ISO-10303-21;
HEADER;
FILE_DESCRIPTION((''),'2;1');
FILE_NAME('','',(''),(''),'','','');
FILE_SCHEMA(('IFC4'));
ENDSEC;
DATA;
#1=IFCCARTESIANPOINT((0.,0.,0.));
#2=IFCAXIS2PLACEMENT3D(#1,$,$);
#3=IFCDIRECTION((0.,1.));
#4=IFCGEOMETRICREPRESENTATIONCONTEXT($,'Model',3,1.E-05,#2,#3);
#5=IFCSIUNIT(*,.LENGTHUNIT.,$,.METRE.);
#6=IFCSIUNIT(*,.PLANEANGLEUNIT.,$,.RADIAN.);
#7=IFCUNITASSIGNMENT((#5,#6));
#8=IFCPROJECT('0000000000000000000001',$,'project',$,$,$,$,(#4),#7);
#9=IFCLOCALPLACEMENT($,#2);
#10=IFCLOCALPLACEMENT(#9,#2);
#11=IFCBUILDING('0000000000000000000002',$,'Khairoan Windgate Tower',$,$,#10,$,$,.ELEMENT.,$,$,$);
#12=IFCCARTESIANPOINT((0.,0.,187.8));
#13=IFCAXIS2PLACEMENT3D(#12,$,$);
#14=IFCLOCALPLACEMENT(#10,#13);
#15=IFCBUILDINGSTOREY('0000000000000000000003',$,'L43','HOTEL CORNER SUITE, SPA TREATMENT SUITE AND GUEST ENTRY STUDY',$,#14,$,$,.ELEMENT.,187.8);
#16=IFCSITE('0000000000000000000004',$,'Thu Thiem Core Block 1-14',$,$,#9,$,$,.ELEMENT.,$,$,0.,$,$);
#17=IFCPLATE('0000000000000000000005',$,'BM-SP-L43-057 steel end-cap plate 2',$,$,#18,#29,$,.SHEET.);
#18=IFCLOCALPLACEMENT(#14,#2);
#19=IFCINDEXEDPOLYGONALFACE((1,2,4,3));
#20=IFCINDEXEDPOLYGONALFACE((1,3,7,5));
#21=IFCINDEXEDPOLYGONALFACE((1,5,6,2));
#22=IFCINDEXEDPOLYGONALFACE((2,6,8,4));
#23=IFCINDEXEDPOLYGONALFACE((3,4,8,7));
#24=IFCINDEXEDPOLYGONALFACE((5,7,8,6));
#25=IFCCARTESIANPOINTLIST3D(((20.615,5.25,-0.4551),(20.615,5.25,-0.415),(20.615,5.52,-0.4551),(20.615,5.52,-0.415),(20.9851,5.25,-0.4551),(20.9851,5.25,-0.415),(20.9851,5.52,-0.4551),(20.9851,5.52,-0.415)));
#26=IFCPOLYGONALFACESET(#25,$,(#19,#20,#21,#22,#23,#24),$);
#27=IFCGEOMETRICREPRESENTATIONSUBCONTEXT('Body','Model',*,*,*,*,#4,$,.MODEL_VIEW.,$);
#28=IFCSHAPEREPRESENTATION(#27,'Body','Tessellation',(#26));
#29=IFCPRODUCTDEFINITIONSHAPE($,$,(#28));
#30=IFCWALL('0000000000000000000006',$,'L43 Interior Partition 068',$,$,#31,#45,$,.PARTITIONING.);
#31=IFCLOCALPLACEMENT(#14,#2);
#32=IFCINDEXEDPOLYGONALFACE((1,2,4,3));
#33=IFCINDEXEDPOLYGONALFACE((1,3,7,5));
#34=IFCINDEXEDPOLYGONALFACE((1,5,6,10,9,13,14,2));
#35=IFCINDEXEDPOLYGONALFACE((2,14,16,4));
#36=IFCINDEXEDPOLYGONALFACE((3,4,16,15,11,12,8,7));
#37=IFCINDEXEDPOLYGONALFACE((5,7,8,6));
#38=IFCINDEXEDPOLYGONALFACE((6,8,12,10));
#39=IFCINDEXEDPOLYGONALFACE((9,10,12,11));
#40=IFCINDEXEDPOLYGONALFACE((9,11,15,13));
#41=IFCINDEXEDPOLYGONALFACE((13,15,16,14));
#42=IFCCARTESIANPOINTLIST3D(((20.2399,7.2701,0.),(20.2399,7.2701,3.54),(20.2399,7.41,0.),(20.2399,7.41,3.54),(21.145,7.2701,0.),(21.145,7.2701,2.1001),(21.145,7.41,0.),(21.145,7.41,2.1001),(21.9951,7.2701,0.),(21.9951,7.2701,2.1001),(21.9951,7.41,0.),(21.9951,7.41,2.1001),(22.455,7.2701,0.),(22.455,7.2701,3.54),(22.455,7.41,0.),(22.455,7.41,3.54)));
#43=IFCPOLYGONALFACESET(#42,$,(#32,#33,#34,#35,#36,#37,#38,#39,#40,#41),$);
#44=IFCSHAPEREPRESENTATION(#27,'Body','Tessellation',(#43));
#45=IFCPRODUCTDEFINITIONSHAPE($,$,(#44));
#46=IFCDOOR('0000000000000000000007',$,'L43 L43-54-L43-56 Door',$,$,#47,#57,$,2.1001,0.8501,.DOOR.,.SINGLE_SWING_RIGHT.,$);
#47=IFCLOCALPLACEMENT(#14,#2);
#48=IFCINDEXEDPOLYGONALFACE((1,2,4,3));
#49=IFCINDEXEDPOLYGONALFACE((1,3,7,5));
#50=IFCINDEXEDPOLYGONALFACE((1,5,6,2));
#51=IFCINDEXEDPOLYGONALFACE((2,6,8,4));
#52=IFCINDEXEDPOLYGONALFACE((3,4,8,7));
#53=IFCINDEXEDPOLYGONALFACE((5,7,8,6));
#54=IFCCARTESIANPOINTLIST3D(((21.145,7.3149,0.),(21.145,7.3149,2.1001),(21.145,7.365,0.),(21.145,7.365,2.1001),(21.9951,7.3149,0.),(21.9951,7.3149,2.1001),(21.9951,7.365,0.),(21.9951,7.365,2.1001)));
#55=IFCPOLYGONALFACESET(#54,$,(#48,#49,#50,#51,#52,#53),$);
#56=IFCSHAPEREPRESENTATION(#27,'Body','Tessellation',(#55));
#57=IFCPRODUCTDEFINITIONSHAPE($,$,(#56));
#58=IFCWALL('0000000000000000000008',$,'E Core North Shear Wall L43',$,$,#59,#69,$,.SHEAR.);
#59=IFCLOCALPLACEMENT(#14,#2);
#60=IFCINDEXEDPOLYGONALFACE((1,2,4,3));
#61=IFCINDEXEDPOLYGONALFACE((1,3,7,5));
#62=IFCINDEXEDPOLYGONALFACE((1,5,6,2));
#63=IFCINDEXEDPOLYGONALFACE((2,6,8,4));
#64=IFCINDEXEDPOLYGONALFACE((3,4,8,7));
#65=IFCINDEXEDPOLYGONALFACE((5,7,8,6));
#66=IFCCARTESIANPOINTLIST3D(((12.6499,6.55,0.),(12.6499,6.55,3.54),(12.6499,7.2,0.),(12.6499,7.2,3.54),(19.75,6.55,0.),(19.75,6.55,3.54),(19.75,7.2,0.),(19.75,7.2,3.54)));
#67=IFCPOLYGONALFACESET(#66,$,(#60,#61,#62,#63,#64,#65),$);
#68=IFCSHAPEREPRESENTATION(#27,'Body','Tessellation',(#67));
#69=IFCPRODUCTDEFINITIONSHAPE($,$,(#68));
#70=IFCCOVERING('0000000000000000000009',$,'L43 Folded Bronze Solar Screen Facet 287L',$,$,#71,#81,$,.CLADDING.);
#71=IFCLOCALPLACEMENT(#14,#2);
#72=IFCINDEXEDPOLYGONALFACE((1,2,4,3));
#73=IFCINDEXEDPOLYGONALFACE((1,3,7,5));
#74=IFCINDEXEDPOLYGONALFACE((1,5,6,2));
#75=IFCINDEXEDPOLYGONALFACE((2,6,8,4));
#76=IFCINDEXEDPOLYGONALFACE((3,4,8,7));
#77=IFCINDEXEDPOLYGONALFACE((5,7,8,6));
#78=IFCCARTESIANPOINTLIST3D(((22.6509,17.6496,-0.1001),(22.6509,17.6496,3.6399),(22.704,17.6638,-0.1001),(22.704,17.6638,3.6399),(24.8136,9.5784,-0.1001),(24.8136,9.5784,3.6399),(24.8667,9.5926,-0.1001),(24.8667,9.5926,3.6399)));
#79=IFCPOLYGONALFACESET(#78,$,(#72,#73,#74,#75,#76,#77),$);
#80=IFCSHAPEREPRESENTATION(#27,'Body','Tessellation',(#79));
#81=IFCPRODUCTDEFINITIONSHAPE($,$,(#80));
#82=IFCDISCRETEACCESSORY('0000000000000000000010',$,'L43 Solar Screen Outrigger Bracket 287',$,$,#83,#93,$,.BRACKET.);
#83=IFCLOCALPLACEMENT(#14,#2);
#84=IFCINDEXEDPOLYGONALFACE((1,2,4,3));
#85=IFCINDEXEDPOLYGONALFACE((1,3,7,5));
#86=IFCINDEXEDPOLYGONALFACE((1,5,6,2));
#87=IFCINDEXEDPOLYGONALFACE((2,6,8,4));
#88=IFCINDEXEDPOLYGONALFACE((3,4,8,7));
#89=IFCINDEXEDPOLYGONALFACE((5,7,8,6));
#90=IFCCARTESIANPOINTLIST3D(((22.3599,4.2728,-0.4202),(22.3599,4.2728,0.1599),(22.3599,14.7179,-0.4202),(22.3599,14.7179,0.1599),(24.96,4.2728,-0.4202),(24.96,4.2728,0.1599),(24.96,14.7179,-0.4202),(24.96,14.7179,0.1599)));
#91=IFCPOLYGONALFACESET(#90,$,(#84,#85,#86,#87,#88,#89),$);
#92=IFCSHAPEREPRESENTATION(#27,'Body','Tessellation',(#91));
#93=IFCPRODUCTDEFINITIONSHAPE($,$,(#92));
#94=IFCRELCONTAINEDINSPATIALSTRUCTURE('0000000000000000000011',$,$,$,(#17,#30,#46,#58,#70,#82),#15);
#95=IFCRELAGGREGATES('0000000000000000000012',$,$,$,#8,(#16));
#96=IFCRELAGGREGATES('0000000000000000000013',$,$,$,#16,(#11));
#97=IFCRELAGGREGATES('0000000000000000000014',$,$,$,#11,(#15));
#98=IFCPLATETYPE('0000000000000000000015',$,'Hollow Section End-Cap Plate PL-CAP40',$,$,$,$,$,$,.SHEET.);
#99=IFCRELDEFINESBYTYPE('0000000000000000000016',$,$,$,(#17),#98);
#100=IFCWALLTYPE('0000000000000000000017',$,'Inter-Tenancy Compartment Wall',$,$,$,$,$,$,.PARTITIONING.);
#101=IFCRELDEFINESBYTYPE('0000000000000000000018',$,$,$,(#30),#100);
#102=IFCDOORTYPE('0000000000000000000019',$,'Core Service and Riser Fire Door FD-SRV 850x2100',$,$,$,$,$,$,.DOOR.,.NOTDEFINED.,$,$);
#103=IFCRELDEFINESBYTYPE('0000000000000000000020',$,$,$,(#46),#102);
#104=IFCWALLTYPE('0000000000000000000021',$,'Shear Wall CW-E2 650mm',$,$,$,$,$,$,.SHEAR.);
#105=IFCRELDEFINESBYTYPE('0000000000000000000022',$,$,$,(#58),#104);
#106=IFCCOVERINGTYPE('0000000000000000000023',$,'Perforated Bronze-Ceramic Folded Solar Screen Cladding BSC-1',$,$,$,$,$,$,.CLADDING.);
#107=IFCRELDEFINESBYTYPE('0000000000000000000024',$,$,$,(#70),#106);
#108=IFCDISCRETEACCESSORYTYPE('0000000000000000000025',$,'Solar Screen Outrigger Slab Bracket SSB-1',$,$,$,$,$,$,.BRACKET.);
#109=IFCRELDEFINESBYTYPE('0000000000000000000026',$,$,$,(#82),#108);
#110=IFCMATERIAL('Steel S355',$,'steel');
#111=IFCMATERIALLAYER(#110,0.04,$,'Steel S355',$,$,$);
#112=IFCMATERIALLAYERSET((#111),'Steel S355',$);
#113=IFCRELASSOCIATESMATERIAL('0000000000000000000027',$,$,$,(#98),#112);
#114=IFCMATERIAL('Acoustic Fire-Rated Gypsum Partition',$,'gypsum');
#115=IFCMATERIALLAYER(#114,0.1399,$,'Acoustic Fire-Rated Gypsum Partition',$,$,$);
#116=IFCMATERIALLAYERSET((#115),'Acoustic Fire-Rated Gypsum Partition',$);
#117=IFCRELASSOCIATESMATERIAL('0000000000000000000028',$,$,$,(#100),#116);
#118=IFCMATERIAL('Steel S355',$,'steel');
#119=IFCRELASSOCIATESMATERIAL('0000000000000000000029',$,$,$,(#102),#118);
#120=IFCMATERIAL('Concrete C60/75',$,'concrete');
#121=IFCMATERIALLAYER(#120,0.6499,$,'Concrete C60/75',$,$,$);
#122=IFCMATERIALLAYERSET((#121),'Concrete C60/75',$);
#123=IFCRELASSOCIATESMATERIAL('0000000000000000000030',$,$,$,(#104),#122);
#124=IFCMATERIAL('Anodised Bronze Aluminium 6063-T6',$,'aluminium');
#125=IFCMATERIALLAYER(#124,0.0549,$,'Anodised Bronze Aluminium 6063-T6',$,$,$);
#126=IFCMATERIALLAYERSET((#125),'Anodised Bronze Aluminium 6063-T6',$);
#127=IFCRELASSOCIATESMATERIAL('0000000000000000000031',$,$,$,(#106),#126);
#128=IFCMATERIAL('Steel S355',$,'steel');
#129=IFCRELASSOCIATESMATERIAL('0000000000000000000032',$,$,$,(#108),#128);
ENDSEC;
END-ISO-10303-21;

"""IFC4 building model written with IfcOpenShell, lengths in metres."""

from ifc_helpers import new_model, si_unit, direction, frame, frame_2d, origin, origin_2d, place, context, subcontext, project, spatial, rectangle, extrude, material, layer, layer_set, type_object, element, fill, save


model = new_model("IFC4")

# Units and contexts
model_context = context("Model", 3, precision=1e-05, world=origin(), true_north=direction((0.0, 1.0)))
body_context = subcontext(model_context, "Body", "Model", "MODEL_VIEW")
ifc_project = project(units=[si_unit("LENGTHUNIT", "METRE"), si_unit("PLANEANGLEUNIT", "RADIAN")], contexts=[model_context])

# Site, building, storey
site_placement = place(None, origin())
site = spatial("IfcSite", under=ifc_project, at=site_placement, Name="Thu Thiem Core Block 1-14", CompositionType="ELEMENT", RefElevation=0.0)
building_placement = place(site_placement, origin())
building = spatial("IfcBuilding", under=site, at=building_placement, Name="Khairoan Windgate Tower", CompositionType="ELEMENT")
storey_placement = place(building_placement, frame((0.0, 0.0, 187.8)))
storey = spatial("IfcBuildingStorey", under=building, at=storey_placement, Name="L43", Description="HOTEL CORNER SUITE, SPA TREATMENT SUITE AND GUEST ENTRY STUDY", CompositionType="ELEMENT", Elevation=187.8)

# Plate
ifc_material_1 = material(Name="Steel S355", Category="steel")
ifc_layer_1 = layer(ifc_material_1, 0.04, Name="Steel S355")
ifc_layer_set_1 = layer_set([ifc_layer_1], Name="Steel S355")
plate_type_1 = type_object("IfcPlateType", Name="Hollow Section End-Cap Plate PL-CAP40", PredefinedType="SHEET", material=ifc_layer_set_1)
plate_1_placement = place(storey_placement, frame((20.8, 5.385, -0.4551), z_axis=(0.0, 0.0, 1.0), x_axis=(0.0, 1.0, 0.0)))
element("IfcPlate", 1, at=plate_1_placement, inside=storey, type_object=plate_type_1, Name="BM-SP-L43-057 steel end-cap plate 2", PredefinedType="SHEET", context=body_context, shape_type="SweptSolid", body=[
    extrude(rectangle(XDim=0.27, YDim=0.3701, at=origin_2d()), origin(), (0.0, 0.0, 1.0), 0.04),
])

# Wall, opening, door
ifc_material_2 = material(Name="Acoustic Fire-Rated Gypsum Partition", Category="gypsum")
ifc_layer_2 = layer(ifc_material_2, 0.1399, Name="Acoustic Fire-Rated Gypsum Partition")
ifc_layer_set_2 = layer_set([ifc_layer_2], Name="Acoustic Fire-Rated Gypsum Partition")
wall_type_1 = type_object("IfcWallType", Name="Inter-Tenancy Compartment Wall", PredefinedType="PARTITIONING", material=ifc_layer_set_2)
wall_1_placement = place(storey_placement, frame((20.24, 7.3401, 0.0), z_axis=(0.0, 0.0, 1.0), x_axis=(1.0, 0.0, 0.0)))
wall_1 = element("IfcWall", 2, at=wall_1_placement, inside=storey, type_object=wall_type_1, Name="L43 Interior Partition 068", PredefinedType="PARTITIONING", context=body_context, shape_type="SweptSolid", body=[
    extrude(rectangle(XDim=2.2151, YDim=0.1399, at=frame_2d((1.1074, 0.0))), origin(), (0.0, 0.0, 1.0), 3.54),
])
opening_placement = place(wall_1_placement, frame((0.905, 0.0, 0.0)))
opening = element("IfcOpeningElement", 3, at=opening_placement, cuts=wall_1, PredefinedType="OPENING", context=body_context, shape_type="SweptSolid", body=[
    extrude(rectangle(XDim=0.8501, YDim=2.1001, at=frame_2d((0.425, 1.05))), frame((0.0, 0.0798, 0.0), z_axis=(0.0, -1.0, 0.0), x_axis=(1.0, 0.0, 0.0)), (0.0, 0.0, 1.0), 0.1599),
])
ifc_material_3 = material(Name="Steel S355", Category="steel")
door_type = type_object("IfcDoorType", Name="Core Service and Riser Fire Door FD-SRV 850x2100", OperationType="NOTDEFINED", PredefinedType="DOOR", material=ifc_material_3)
door_placement = place(opening_placement, origin())
door = element("IfcDoor", 4, at=door_placement, inside=storey, type_object=door_type, Name="L43 L43-54-L43-56 Door", OperationType="SINGLE_SWING_RIGHT", OverallHeight=2.1001, OverallWidth=0.8501, PredefinedType="DOOR", context=body_context, shape_type="SweptSolid", body=[
    extrude(rectangle(XDim=0.8501, YDim=2.1001, at=frame_2d((0.425, 1.05))), frame((0.0, 0.0249, 0.0), z_axis=(0.0, -1.0, 0.0), x_axis=(1.0, 0.0, 0.0)), (0.0, 0.0, 1.0), 0.05),
])
fill(opening, door)

# Wall
ifc_material_4 = material(Name="Concrete C60/75", Category="concrete")
ifc_layer_3 = layer(ifc_material_4, 0.6499, Name="Concrete C60/75")
ifc_layer_set_3 = layer_set([ifc_layer_3], Name="Concrete C60/75")
wall_type_2 = type_object("IfcWallType", Name="Shear Wall CW-E2 650mm", PredefinedType="SHEAR", material=ifc_layer_set_3)
wall_2_placement = place(storey_placement, frame((12.6499, 6.875, 0.0), z_axis=(0.0, 0.0, 1.0), x_axis=(1.0, 0.0, 0.0)))
element("IfcWall", 5, at=wall_2_placement, inside=storey, type_object=wall_type_2, Name="E Core North Shear Wall L43", PredefinedType="SHEAR", context=body_context, shape_type="SweptSolid", body=[
    extrude(rectangle(XDim=7.1001, YDim=0.6499, at=frame_2d((3.55, 0.0))), origin(), (0.0, 0.0, 1.0), 3.54),
])

# Covering
ifc_material_5 = material(Name="Anodised Bronze Aluminium 6063-T6", Category="aluminium")
ifc_layer_4 = layer(ifc_material_5, 0.0549, Name="Anodised Bronze Aluminium 6063-T6")
ifc_layer_set_4 = layer_set([ifc_layer_4], Name="Anodised Bronze Aluminium 6063-T6")
covering_type = type_object("IfcCoveringType", Name="Perforated Bronze-Ceramic Folded Solar Screen Cladding BSC-1", PredefinedType="CLADDING", material=ifc_layer_set_4)
covering_placement = place(storey_placement, frame((23.7588, 13.6211, -0.1001), z_axis=(0.0, 0.0, 1.0), x_axis=(0.258819, -0.965926, 0.0)))
element("IfcCovering", 6, at=covering_placement, inside=storey, type_object=covering_type, Name="L43 Folded Bronze Solar Screen Facet 287L", PredefinedType="CLADDING", context=body_context, shape_type="SweptSolid", body=[
    extrude(rectangle(XDim=8.356, YDim=0.0549, at=origin_2d()), origin(), (0.0, 0.0, 1.0), 3.74),
])

# Discrete accessory
ifc_material_6 = material(Name="Steel S355", Category="steel")
discrete_accessory_type = type_object("IfcDiscreteAccessoryType", Name="Solar Screen Outrigger Slab Bracket SSB-1", PredefinedType="BRACKET", material=ifc_material_6)
discrete_accessory_placement = place(storey_placement, frame((23.6599, 9.4954, -0.4202), z_axis=(0.0, 0.0, 1.0), x_axis=(0.0, -1.0, 0.0)))
element("IfcDiscreteAccessory", 7, at=discrete_accessory_placement, inside=storey, type_object=discrete_accessory_type, Name="L43 Solar Screen Outrigger Bracket 287", PredefinedType="BRACKET", context=body_context, shape_type="SweptSolid", body=[
    extrude(rectangle(XDim=10.4451, YDim=2.6001, at=origin_2d()), origin(), (0.0, 0.0, 1.0), 0.5801),
])

save(model, "model.ifc")
